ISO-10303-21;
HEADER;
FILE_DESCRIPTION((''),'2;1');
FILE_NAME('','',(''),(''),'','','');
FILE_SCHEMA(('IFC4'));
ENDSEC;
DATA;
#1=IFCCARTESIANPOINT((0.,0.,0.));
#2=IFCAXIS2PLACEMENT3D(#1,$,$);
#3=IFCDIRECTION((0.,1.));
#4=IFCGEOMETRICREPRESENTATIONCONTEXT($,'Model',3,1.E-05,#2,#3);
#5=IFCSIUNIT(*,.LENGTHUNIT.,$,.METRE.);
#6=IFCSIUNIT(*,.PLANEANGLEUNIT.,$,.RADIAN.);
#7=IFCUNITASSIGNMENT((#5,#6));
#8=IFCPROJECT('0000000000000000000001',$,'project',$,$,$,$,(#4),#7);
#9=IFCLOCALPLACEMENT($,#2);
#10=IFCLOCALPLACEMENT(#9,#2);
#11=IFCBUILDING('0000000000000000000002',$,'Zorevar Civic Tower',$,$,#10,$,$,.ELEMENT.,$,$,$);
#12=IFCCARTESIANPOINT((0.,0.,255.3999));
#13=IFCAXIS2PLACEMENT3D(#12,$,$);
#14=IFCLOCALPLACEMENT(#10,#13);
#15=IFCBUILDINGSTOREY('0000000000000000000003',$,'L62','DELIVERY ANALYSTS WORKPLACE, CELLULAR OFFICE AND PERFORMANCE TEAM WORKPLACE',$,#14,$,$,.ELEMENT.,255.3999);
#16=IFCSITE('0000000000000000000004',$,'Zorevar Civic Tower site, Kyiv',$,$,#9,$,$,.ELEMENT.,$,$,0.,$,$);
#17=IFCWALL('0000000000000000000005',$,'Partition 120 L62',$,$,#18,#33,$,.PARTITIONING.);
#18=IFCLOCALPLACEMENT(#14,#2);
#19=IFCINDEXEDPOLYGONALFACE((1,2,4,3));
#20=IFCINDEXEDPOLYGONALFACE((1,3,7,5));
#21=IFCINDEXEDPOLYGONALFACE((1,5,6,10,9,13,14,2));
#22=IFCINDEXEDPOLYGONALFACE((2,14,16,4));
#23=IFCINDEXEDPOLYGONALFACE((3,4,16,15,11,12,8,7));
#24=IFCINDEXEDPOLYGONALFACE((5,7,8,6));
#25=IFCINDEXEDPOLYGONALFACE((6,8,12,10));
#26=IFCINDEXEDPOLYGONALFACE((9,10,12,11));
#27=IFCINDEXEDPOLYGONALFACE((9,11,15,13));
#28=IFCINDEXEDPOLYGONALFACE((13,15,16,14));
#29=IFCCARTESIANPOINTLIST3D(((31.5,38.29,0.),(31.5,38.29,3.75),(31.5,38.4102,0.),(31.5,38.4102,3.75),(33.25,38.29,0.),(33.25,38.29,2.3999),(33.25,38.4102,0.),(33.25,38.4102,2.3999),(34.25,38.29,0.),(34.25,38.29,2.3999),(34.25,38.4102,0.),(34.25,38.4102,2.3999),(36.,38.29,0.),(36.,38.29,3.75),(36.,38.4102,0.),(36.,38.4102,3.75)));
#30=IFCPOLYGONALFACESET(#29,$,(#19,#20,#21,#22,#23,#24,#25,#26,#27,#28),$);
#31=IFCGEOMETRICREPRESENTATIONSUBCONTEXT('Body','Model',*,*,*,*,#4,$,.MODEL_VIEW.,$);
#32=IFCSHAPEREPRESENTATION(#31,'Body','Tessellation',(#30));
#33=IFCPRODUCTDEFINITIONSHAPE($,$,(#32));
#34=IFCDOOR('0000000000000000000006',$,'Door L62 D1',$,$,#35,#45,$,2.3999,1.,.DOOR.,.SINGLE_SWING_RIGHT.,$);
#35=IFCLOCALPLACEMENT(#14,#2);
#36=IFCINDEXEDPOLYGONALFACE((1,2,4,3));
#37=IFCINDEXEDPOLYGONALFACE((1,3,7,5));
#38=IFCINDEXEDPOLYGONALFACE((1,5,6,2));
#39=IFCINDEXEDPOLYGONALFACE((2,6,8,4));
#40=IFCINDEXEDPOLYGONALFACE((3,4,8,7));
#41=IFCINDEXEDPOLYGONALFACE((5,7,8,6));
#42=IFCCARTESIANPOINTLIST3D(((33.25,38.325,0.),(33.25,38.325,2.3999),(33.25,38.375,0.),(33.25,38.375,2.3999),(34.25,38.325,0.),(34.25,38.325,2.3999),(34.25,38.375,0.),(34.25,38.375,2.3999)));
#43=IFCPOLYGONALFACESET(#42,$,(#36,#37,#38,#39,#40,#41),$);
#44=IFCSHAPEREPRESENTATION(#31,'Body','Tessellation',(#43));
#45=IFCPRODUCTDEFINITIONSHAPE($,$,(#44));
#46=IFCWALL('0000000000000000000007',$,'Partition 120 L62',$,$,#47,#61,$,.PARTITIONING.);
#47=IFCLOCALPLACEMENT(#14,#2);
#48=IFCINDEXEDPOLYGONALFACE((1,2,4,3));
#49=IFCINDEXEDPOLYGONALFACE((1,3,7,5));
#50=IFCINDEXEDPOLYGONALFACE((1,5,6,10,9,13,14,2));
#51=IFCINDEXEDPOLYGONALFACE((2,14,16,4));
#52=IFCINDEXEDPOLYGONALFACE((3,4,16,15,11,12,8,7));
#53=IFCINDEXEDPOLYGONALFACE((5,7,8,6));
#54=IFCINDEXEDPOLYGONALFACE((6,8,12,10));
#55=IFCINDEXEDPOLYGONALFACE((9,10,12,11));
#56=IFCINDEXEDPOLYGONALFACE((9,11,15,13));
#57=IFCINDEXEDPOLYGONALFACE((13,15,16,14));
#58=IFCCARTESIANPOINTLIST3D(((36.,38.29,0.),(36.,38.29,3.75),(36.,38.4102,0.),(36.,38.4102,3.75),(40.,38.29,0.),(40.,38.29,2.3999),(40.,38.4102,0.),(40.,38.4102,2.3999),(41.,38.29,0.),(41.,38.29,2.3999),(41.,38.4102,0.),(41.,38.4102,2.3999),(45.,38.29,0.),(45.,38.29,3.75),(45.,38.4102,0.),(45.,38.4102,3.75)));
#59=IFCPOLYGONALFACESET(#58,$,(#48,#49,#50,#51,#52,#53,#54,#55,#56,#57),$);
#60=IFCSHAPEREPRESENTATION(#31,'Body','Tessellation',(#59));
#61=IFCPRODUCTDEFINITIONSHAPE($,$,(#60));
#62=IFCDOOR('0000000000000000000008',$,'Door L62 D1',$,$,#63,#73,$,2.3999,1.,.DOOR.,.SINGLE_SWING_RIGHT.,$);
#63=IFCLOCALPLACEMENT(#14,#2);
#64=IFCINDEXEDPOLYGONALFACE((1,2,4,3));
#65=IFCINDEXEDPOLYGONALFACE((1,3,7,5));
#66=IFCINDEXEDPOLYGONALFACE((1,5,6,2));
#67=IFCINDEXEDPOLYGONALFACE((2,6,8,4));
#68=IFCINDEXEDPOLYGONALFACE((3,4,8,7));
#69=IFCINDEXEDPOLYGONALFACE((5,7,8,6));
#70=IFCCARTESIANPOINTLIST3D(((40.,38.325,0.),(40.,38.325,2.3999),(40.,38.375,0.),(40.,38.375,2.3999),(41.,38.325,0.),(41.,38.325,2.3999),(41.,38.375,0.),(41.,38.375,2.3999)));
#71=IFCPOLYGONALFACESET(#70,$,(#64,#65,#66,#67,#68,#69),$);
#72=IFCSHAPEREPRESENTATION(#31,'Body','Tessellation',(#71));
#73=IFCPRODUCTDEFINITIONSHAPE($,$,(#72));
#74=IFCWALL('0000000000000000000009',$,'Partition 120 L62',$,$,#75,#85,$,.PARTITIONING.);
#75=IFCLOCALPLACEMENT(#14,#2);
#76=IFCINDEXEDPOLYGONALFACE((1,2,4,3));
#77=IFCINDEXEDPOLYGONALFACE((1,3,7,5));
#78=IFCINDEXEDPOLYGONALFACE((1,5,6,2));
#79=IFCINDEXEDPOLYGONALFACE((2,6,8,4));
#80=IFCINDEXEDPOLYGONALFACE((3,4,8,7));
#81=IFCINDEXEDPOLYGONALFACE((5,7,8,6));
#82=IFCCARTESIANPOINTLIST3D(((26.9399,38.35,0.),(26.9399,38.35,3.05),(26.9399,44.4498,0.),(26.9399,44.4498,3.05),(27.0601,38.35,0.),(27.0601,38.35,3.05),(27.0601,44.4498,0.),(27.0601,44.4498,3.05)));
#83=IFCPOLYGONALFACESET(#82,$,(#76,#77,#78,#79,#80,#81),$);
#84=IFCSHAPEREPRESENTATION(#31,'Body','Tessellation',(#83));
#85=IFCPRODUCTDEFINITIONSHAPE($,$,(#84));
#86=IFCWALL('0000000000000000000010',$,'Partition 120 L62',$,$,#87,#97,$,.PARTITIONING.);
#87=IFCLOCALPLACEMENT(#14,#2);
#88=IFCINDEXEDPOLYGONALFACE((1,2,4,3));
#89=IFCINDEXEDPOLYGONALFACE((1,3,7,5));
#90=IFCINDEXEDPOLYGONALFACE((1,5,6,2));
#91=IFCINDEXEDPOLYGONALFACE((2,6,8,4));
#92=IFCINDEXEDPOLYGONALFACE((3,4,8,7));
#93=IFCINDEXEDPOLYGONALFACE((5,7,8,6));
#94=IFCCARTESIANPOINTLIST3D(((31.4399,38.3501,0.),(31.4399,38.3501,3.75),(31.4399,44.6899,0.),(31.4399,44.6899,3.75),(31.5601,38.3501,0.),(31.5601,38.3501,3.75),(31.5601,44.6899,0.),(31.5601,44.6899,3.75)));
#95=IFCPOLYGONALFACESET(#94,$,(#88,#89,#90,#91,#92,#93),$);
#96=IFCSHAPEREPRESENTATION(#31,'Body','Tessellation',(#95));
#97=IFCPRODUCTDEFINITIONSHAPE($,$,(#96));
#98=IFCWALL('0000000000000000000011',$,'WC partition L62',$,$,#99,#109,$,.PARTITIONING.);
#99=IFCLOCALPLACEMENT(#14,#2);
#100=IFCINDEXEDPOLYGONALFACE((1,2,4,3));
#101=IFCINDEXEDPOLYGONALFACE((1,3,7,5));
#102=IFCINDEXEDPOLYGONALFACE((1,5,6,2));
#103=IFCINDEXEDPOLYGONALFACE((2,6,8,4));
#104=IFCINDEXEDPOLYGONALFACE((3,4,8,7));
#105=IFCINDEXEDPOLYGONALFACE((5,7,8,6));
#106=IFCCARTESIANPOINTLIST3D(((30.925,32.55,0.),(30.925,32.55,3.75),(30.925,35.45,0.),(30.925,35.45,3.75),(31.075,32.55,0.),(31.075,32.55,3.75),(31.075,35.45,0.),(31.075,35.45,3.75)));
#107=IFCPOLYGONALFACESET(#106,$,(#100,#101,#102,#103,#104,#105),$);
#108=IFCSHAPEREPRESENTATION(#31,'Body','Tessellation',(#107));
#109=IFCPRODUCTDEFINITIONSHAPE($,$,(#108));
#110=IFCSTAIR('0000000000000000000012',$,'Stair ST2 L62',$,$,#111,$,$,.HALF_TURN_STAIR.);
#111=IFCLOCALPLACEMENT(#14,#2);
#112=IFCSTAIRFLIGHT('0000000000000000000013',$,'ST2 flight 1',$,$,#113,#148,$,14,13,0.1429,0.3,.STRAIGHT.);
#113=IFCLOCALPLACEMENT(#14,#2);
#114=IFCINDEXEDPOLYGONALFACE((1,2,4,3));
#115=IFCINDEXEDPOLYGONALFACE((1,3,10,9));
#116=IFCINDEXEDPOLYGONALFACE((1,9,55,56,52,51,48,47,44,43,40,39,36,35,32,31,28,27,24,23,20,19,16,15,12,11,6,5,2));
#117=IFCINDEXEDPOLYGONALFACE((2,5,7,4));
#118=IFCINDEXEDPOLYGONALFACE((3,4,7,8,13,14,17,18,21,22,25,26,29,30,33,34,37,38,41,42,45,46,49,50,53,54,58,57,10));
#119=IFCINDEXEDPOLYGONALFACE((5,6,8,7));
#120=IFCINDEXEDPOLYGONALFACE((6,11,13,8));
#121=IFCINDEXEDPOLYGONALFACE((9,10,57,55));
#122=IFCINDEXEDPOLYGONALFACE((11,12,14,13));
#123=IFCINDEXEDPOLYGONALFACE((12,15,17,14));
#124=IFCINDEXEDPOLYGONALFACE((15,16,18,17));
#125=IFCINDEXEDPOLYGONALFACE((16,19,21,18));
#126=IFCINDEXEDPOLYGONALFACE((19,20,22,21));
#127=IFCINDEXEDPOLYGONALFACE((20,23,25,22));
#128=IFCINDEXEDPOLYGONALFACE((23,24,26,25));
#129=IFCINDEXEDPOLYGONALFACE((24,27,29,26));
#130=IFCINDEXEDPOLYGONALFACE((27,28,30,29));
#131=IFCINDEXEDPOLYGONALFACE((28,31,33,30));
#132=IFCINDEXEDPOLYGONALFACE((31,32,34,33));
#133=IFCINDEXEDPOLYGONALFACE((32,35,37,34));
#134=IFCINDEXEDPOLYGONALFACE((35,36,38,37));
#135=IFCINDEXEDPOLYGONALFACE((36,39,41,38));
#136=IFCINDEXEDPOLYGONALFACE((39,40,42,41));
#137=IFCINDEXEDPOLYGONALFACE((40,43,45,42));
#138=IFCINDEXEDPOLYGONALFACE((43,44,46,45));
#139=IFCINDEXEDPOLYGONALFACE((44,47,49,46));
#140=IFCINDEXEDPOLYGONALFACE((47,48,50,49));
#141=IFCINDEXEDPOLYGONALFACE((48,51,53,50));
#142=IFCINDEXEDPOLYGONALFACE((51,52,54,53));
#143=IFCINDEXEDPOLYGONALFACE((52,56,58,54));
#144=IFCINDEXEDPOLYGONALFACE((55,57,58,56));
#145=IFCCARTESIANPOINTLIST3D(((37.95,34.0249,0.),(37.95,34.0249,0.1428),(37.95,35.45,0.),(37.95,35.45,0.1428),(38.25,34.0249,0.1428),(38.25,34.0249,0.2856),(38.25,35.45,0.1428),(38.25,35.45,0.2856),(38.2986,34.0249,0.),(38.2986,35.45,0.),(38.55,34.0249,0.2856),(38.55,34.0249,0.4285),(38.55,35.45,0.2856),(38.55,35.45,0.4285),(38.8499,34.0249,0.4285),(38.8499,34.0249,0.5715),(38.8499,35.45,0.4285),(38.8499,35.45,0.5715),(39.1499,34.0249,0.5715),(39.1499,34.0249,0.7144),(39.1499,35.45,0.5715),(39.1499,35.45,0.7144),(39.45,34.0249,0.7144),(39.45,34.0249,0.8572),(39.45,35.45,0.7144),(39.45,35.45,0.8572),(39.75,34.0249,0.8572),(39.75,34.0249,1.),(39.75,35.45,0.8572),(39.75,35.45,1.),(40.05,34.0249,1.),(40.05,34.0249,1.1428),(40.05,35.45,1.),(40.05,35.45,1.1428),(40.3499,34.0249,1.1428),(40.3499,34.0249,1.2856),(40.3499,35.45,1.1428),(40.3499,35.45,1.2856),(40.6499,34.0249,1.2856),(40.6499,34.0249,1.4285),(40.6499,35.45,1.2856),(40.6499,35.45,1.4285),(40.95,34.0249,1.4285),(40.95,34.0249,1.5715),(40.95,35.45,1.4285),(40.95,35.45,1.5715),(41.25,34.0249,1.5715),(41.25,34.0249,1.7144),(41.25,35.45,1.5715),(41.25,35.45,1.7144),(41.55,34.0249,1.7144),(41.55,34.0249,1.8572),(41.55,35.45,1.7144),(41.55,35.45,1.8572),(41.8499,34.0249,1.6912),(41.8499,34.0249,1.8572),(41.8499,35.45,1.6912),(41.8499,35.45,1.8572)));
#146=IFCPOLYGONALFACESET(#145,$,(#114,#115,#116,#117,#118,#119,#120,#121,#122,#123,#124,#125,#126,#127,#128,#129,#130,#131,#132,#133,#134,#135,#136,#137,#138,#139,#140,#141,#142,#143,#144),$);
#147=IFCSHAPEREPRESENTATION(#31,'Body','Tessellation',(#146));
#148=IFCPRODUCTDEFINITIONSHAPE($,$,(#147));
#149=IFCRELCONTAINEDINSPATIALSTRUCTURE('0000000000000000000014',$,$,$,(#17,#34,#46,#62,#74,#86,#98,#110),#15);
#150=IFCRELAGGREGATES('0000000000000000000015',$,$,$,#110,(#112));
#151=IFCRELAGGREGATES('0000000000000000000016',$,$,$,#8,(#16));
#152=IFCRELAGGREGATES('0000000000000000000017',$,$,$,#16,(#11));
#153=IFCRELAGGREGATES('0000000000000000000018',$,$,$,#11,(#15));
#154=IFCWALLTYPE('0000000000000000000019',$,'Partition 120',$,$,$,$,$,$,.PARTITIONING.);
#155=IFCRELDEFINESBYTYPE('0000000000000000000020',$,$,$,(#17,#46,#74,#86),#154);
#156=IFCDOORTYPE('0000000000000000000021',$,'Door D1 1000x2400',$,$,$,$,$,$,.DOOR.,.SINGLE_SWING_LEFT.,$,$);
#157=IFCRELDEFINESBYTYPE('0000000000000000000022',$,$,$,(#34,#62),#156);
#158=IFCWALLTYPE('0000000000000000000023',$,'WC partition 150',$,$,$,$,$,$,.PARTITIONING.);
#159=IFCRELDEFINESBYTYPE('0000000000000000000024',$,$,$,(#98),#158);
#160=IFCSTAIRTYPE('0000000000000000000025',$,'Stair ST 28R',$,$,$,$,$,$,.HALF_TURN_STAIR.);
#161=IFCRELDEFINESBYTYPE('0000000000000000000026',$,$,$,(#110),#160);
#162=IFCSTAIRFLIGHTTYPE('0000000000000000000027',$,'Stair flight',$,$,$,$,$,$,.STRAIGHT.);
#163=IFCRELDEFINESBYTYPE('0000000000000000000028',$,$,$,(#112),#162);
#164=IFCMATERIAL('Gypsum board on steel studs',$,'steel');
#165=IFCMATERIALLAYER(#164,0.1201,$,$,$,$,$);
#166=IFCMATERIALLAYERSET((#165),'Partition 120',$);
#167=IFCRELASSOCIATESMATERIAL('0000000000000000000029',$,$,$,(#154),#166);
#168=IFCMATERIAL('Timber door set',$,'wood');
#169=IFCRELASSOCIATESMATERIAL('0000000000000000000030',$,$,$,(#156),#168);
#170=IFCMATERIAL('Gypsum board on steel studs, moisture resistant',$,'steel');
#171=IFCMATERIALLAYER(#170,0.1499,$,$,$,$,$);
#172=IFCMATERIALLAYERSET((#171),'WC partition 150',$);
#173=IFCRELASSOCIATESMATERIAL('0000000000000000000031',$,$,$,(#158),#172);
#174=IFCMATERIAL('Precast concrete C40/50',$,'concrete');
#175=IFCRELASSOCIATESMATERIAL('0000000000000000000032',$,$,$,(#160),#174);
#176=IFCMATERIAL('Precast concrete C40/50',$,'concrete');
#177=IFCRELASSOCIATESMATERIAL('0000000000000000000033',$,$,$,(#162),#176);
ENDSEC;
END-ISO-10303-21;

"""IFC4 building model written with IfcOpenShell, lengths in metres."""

from ifc_helpers import new_model, si_unit, direction, frame, frame_2d, origin, place, context, subcontext, project, spatial, polyline, rectangle, outline, extrude, material, layer, layer_set, type_object, element, fill, aggregate, save


model = new_model("IFC4")

# Units and contexts
model_context = context("Model", 3, precision=1e-05, world=origin(), true_north=direction((0.0, 1.0)))
body_context = subcontext(model_context, "Body", "Model", "MODEL_VIEW")
ifc_project = project(units=[si_unit("LENGTHUNIT", "METRE"), si_unit("PLANEANGLEUNIT", "RADIAN")], contexts=[model_context])

# Site, building, storey
site_placement = place(None, origin())
site = spatial("IfcSite", under=ifc_project, at=site_placement, Name="Zorevar Civic Tower site, Kyiv", CompositionType="ELEMENT", RefElevation=0.0)
building_placement = place(site_placement, origin())
building = spatial("IfcBuilding", under=site, at=building_placement, Name="Zorevar Civic Tower", CompositionType="ELEMENT")
storey_placement = place(building_placement, frame((0.0, 0.0, 255.3999)))
storey = spatial("IfcBuildingStorey", under=building, at=storey_placement, Name="L62", Description="DELIVERY ANALYSTS WORKPLACE, CELLULAR OFFICE AND PERFORMANCE TEAM WORKPLACE", CompositionType="ELEMENT", Elevation=255.3999)

# Walls, openings, doors
ifc_material_1 = material(Name="Gypsum board on steel studs", Category="steel")
ifc_layer_1 = layer(ifc_material_1, 0.1201)
ifc_layer_set_1 = layer_set([ifc_layer_1], Name="Partition 120")
wall_type_1 = type_object("IfcWallType", Name="Partition 120", PredefinedType="PARTITIONING", material=ifc_layer_set_1)
ifc_material_2 = material(Name="Timber door set", Category="wood")
door_type_1 = type_object("IfcDoorType", Name="Door D1 1000x2400", OperationType="SINGLE_SWING_LEFT", PredefinedType="DOOR", material=ifc_material_2)
wall_1_placement = place(storey_placement, frame((31.5, 38.3501, 0.0), z_axis=(0.0, 0.0, 1.0), x_axis=(1.0, 0.0, 0.0)))
wall_1 = element("IfcWall", 1, at=wall_1_placement, inside=storey, type_object=wall_type_1, Name="Partition 120 L62", PredefinedType="PARTITIONING", context=body_context, shape_type="SweptSolid", body=[
    extrude(rectangle(XDim=4.5, YDim=0.1201, at=frame_2d((2.25, 0.0))), origin(), (0.0, 0.0, 1.0), 3.75),
])
opening_1_placement = place(wall_1_placement, frame((1.75, 0.0, 0.0)))
opening_1 = element("IfcOpeningElement", 2, at=opening_1_placement, cuts=wall_1, PredefinedType="OPENING", context=body_context, shape_type="SweptSolid", body=[
    extrude(rectangle(XDim=1.0, YDim=2.3999, at=frame_2d((0.5, 1.2))), frame((0.0, 0.0701, 0.0), z_axis=(0.0, -1.0, 0.0), x_axis=(1.0, 0.0, 0.0)), (0.0, 0.0, 1.0), 0.1401),
])
door_1_placement = place(opening_1_placement, origin())
door_1 = element("IfcDoor", 3, at=door_1_placement, inside=storey, type_object=door_type_1, Name="Door L62 D1", OperationType="SINGLE_SWING_RIGHT", OverallHeight=2.3999, OverallWidth=1.0, PredefinedType="DOOR", context=body_context, shape_type="SweptSolid", body=[
    extrude(rectangle(XDim=1.0, YDim=2.3999, at=frame_2d((0.5, 1.2))), frame((0.0, 0.0249, 0.0), z_axis=(0.0, -1.0, 0.0), x_axis=(1.0, 0.0, 0.0)), (0.0, 0.0, 1.0), 0.05),
])
fill(opening_1, door_1)
wall_2_placement = place(storey_placement, frame((36.0, 38.3501, 0.0), z_axis=(0.0, 0.0, 1.0), x_axis=(1.0, 0.0, 0.0)))
wall_2 = element("IfcWall", 4, at=wall_2_placement, inside=storey, type_object=wall_type_1, Name="Partition 120 L62", PredefinedType="PARTITIONING", context=body_context, shape_type="SweptSolid", body=[
    extrude(rectangle(XDim=9.0, YDim=0.1201, at=frame_2d((4.5, 0.0))), origin(), (0.0, 0.0, 1.0), 3.75),
])
opening_2_placement = place(wall_2_placement, frame((4.0, 0.0, 0.0)))
opening_2 = element("IfcOpeningElement", 5, at=opening_2_placement, cuts=wall_2, PredefinedType="OPENING", context=body_context, shape_type="SweptSolid", body=[
    extrude(rectangle(XDim=1.0, YDim=2.3999, at=frame_2d((0.5, 1.2))), frame((0.0, 0.0701, 0.0), z_axis=(0.0, -1.0, 0.0), x_axis=(1.0, 0.0, 0.0)), (0.0, 0.0, 1.0), 0.1401),
])
door_2_placement = place(opening_2_placement, origin())
door_2 = element("IfcDoor", 6, at=door_2_placement, inside=storey, type_object=door_type_1, Name="Door L62 D1", OperationType="SINGLE_SWING_RIGHT", OverallHeight=2.3999, OverallWidth=1.0, PredefinedType="DOOR", context=body_context, shape_type="SweptSolid", body=[
    extrude(rectangle(XDim=1.0, YDim=2.3999, at=frame_2d((0.5, 1.2))), frame((0.0, 0.0249, 0.0), z_axis=(0.0, -1.0, 0.0), x_axis=(1.0, 0.0, 0.0)), (0.0, 0.0, 1.0), 0.05),
])
fill(opening_2, door_2)

# Walls
wall_3_placement = place(storey_placement, frame((27.0, 38.3501, 0.0), z_axis=(0.0, 0.0, 1.0), x_axis=(0.0, 1.0, 0.0)))
element("IfcWall", 7, at=wall_3_placement, inside=storey, type_object=wall_type_1, Name="Partition 120 L62", PredefinedType="PARTITIONING", context=body_context, shape_type="SweptSolid", body=[
    extrude(rectangle(XDim=6.0999, YDim=0.1201, at=frame_2d((3.0498, 0.0))), origin(), (0.0, 0.0, 1.0), 3.05),
])
wall_4_placement = place(storey_placement, frame((31.5, 38.3501, 0.0), z_axis=(0.0, 0.0, 1.0), x_axis=(0.0, 1.0, 0.0)))
element("IfcWall", 8, at=wall_4_placement, inside=storey, type_object=wall_type_1, Name="Partition 120 L62", PredefinedType="PARTITIONING", context=body_context, shape_type="SweptSolid", body=[
    extrude(rectangle(XDim=6.3398, YDim=0.1201, at=frame_2d((3.1699, 0.0))), origin(), (0.0, 0.0, 1.0), 3.75),
])
ifc_material_3 = material(Name="Gypsum board on steel studs, moisture resistant", Category="steel")
ifc_layer_2 = layer(ifc_material_3, 0.1499)
ifc_layer_set_2 = layer_set([ifc_layer_2], Name="WC partition 150")
wall_type_2 = type_object("IfcWallType", Name="WC partition 150", PredefinedType="PARTITIONING", material=ifc_layer_set_2)
wall_5_placement = place(storey_placement, frame((31.0, 32.55, 0.0), z_axis=(0.0, 0.0, 1.0), x_axis=(0.0, 1.0, 0.0)))
element("IfcWall", 9, at=wall_5_placement, inside=storey, type_object=wall_type_2, Name="WC partition L62", PredefinedType="PARTITIONING", context=body_context, shape_type="SweptSolid", body=[
    extrude(rectangle(XDim=2.8999, YDim=0.1499, at=frame_2d((1.45, 0.0))), origin(), (0.0, 0.0, 1.0), 3.75),
])

# Stair, stair flight
ifc_material_4 = material(Name="Precast concrete C40/50", Category="concrete")
stair_type = type_object("IfcStairType", Name="Stair ST 28R", PredefinedType="HALF_TURN_STAIR", material=ifc_material_4)
stair_placement = place(storey_placement, origin())
stair = element("IfcStair", 10, at=stair_placement, inside=storey, type_object=stair_type, Name="Stair ST2 L62", PredefinedType="HALF_TURN_STAIR")
ifc_material_5 = material(Name="Precast concrete C40/50", Category="concrete")
stair_flight_type = type_object("IfcStairFlightType", Name="Stair flight", PredefinedType="STRAIGHT", material=ifc_material_5)
stair_flight_1_placement = place(storey_placement, frame((37.95, 34.7375, 0.0), z_axis=(0.0, 0.0, 1.0), x_axis=(1.0, 0.0, 0.0)))
stair_flight_1 = element("IfcStairFlight", 11, at=stair_flight_1_placement, type_object=stair_flight_type, Name="ST2 flight 1", NumberOfRisers=14, NumberOfTreads=13, PredefinedType="STRAIGHT", RiserHeight=0.1429, TreadLength=0.3, context=body_context, shape_type="SweptSolid", body=[
    extrude(outline(polyline([(0.0, 0.0), (0.0, 0.1428), (0.3, 0.1428), (0.3, 0.2856), (0.6001, 0.2856), (0.6001, 0.4285), (0.8999, 0.4285), (0.8999, 0.5715), (1.2, 0.5715), (1.2, 0.7144), (1.5, 0.7144), (1.5, 0.8572), (1.8, 0.8572), (1.8, 1.0), (2.1001, 1.0), (2.1001, 1.1428), (2.3999, 1.1428), (2.3999, 1.2856), (2.7, 1.2856), (2.7, 1.4285), (3.0, 1.4285), (3.0, 1.5715), (3.3, 1.5715), (3.3, 1.7144), (3.6001, 1.7144), (3.6001, 1.8572), (3.8999, 1.8572), (3.8999, 2.0), (3.8999, 1.6912), (0.3486, 0.0), (0.0, 0.0)])), frame((0.0, 0.7124, 0.0), z_axis=(0.0, -1.0, 0.0), x_axis=(1.0, 0.0, 0.0)), (0.0, 0.0, 1.0), 1.425),
])
aggregate(stair, [stair_flight_1])

save(model, "model.ifc")
